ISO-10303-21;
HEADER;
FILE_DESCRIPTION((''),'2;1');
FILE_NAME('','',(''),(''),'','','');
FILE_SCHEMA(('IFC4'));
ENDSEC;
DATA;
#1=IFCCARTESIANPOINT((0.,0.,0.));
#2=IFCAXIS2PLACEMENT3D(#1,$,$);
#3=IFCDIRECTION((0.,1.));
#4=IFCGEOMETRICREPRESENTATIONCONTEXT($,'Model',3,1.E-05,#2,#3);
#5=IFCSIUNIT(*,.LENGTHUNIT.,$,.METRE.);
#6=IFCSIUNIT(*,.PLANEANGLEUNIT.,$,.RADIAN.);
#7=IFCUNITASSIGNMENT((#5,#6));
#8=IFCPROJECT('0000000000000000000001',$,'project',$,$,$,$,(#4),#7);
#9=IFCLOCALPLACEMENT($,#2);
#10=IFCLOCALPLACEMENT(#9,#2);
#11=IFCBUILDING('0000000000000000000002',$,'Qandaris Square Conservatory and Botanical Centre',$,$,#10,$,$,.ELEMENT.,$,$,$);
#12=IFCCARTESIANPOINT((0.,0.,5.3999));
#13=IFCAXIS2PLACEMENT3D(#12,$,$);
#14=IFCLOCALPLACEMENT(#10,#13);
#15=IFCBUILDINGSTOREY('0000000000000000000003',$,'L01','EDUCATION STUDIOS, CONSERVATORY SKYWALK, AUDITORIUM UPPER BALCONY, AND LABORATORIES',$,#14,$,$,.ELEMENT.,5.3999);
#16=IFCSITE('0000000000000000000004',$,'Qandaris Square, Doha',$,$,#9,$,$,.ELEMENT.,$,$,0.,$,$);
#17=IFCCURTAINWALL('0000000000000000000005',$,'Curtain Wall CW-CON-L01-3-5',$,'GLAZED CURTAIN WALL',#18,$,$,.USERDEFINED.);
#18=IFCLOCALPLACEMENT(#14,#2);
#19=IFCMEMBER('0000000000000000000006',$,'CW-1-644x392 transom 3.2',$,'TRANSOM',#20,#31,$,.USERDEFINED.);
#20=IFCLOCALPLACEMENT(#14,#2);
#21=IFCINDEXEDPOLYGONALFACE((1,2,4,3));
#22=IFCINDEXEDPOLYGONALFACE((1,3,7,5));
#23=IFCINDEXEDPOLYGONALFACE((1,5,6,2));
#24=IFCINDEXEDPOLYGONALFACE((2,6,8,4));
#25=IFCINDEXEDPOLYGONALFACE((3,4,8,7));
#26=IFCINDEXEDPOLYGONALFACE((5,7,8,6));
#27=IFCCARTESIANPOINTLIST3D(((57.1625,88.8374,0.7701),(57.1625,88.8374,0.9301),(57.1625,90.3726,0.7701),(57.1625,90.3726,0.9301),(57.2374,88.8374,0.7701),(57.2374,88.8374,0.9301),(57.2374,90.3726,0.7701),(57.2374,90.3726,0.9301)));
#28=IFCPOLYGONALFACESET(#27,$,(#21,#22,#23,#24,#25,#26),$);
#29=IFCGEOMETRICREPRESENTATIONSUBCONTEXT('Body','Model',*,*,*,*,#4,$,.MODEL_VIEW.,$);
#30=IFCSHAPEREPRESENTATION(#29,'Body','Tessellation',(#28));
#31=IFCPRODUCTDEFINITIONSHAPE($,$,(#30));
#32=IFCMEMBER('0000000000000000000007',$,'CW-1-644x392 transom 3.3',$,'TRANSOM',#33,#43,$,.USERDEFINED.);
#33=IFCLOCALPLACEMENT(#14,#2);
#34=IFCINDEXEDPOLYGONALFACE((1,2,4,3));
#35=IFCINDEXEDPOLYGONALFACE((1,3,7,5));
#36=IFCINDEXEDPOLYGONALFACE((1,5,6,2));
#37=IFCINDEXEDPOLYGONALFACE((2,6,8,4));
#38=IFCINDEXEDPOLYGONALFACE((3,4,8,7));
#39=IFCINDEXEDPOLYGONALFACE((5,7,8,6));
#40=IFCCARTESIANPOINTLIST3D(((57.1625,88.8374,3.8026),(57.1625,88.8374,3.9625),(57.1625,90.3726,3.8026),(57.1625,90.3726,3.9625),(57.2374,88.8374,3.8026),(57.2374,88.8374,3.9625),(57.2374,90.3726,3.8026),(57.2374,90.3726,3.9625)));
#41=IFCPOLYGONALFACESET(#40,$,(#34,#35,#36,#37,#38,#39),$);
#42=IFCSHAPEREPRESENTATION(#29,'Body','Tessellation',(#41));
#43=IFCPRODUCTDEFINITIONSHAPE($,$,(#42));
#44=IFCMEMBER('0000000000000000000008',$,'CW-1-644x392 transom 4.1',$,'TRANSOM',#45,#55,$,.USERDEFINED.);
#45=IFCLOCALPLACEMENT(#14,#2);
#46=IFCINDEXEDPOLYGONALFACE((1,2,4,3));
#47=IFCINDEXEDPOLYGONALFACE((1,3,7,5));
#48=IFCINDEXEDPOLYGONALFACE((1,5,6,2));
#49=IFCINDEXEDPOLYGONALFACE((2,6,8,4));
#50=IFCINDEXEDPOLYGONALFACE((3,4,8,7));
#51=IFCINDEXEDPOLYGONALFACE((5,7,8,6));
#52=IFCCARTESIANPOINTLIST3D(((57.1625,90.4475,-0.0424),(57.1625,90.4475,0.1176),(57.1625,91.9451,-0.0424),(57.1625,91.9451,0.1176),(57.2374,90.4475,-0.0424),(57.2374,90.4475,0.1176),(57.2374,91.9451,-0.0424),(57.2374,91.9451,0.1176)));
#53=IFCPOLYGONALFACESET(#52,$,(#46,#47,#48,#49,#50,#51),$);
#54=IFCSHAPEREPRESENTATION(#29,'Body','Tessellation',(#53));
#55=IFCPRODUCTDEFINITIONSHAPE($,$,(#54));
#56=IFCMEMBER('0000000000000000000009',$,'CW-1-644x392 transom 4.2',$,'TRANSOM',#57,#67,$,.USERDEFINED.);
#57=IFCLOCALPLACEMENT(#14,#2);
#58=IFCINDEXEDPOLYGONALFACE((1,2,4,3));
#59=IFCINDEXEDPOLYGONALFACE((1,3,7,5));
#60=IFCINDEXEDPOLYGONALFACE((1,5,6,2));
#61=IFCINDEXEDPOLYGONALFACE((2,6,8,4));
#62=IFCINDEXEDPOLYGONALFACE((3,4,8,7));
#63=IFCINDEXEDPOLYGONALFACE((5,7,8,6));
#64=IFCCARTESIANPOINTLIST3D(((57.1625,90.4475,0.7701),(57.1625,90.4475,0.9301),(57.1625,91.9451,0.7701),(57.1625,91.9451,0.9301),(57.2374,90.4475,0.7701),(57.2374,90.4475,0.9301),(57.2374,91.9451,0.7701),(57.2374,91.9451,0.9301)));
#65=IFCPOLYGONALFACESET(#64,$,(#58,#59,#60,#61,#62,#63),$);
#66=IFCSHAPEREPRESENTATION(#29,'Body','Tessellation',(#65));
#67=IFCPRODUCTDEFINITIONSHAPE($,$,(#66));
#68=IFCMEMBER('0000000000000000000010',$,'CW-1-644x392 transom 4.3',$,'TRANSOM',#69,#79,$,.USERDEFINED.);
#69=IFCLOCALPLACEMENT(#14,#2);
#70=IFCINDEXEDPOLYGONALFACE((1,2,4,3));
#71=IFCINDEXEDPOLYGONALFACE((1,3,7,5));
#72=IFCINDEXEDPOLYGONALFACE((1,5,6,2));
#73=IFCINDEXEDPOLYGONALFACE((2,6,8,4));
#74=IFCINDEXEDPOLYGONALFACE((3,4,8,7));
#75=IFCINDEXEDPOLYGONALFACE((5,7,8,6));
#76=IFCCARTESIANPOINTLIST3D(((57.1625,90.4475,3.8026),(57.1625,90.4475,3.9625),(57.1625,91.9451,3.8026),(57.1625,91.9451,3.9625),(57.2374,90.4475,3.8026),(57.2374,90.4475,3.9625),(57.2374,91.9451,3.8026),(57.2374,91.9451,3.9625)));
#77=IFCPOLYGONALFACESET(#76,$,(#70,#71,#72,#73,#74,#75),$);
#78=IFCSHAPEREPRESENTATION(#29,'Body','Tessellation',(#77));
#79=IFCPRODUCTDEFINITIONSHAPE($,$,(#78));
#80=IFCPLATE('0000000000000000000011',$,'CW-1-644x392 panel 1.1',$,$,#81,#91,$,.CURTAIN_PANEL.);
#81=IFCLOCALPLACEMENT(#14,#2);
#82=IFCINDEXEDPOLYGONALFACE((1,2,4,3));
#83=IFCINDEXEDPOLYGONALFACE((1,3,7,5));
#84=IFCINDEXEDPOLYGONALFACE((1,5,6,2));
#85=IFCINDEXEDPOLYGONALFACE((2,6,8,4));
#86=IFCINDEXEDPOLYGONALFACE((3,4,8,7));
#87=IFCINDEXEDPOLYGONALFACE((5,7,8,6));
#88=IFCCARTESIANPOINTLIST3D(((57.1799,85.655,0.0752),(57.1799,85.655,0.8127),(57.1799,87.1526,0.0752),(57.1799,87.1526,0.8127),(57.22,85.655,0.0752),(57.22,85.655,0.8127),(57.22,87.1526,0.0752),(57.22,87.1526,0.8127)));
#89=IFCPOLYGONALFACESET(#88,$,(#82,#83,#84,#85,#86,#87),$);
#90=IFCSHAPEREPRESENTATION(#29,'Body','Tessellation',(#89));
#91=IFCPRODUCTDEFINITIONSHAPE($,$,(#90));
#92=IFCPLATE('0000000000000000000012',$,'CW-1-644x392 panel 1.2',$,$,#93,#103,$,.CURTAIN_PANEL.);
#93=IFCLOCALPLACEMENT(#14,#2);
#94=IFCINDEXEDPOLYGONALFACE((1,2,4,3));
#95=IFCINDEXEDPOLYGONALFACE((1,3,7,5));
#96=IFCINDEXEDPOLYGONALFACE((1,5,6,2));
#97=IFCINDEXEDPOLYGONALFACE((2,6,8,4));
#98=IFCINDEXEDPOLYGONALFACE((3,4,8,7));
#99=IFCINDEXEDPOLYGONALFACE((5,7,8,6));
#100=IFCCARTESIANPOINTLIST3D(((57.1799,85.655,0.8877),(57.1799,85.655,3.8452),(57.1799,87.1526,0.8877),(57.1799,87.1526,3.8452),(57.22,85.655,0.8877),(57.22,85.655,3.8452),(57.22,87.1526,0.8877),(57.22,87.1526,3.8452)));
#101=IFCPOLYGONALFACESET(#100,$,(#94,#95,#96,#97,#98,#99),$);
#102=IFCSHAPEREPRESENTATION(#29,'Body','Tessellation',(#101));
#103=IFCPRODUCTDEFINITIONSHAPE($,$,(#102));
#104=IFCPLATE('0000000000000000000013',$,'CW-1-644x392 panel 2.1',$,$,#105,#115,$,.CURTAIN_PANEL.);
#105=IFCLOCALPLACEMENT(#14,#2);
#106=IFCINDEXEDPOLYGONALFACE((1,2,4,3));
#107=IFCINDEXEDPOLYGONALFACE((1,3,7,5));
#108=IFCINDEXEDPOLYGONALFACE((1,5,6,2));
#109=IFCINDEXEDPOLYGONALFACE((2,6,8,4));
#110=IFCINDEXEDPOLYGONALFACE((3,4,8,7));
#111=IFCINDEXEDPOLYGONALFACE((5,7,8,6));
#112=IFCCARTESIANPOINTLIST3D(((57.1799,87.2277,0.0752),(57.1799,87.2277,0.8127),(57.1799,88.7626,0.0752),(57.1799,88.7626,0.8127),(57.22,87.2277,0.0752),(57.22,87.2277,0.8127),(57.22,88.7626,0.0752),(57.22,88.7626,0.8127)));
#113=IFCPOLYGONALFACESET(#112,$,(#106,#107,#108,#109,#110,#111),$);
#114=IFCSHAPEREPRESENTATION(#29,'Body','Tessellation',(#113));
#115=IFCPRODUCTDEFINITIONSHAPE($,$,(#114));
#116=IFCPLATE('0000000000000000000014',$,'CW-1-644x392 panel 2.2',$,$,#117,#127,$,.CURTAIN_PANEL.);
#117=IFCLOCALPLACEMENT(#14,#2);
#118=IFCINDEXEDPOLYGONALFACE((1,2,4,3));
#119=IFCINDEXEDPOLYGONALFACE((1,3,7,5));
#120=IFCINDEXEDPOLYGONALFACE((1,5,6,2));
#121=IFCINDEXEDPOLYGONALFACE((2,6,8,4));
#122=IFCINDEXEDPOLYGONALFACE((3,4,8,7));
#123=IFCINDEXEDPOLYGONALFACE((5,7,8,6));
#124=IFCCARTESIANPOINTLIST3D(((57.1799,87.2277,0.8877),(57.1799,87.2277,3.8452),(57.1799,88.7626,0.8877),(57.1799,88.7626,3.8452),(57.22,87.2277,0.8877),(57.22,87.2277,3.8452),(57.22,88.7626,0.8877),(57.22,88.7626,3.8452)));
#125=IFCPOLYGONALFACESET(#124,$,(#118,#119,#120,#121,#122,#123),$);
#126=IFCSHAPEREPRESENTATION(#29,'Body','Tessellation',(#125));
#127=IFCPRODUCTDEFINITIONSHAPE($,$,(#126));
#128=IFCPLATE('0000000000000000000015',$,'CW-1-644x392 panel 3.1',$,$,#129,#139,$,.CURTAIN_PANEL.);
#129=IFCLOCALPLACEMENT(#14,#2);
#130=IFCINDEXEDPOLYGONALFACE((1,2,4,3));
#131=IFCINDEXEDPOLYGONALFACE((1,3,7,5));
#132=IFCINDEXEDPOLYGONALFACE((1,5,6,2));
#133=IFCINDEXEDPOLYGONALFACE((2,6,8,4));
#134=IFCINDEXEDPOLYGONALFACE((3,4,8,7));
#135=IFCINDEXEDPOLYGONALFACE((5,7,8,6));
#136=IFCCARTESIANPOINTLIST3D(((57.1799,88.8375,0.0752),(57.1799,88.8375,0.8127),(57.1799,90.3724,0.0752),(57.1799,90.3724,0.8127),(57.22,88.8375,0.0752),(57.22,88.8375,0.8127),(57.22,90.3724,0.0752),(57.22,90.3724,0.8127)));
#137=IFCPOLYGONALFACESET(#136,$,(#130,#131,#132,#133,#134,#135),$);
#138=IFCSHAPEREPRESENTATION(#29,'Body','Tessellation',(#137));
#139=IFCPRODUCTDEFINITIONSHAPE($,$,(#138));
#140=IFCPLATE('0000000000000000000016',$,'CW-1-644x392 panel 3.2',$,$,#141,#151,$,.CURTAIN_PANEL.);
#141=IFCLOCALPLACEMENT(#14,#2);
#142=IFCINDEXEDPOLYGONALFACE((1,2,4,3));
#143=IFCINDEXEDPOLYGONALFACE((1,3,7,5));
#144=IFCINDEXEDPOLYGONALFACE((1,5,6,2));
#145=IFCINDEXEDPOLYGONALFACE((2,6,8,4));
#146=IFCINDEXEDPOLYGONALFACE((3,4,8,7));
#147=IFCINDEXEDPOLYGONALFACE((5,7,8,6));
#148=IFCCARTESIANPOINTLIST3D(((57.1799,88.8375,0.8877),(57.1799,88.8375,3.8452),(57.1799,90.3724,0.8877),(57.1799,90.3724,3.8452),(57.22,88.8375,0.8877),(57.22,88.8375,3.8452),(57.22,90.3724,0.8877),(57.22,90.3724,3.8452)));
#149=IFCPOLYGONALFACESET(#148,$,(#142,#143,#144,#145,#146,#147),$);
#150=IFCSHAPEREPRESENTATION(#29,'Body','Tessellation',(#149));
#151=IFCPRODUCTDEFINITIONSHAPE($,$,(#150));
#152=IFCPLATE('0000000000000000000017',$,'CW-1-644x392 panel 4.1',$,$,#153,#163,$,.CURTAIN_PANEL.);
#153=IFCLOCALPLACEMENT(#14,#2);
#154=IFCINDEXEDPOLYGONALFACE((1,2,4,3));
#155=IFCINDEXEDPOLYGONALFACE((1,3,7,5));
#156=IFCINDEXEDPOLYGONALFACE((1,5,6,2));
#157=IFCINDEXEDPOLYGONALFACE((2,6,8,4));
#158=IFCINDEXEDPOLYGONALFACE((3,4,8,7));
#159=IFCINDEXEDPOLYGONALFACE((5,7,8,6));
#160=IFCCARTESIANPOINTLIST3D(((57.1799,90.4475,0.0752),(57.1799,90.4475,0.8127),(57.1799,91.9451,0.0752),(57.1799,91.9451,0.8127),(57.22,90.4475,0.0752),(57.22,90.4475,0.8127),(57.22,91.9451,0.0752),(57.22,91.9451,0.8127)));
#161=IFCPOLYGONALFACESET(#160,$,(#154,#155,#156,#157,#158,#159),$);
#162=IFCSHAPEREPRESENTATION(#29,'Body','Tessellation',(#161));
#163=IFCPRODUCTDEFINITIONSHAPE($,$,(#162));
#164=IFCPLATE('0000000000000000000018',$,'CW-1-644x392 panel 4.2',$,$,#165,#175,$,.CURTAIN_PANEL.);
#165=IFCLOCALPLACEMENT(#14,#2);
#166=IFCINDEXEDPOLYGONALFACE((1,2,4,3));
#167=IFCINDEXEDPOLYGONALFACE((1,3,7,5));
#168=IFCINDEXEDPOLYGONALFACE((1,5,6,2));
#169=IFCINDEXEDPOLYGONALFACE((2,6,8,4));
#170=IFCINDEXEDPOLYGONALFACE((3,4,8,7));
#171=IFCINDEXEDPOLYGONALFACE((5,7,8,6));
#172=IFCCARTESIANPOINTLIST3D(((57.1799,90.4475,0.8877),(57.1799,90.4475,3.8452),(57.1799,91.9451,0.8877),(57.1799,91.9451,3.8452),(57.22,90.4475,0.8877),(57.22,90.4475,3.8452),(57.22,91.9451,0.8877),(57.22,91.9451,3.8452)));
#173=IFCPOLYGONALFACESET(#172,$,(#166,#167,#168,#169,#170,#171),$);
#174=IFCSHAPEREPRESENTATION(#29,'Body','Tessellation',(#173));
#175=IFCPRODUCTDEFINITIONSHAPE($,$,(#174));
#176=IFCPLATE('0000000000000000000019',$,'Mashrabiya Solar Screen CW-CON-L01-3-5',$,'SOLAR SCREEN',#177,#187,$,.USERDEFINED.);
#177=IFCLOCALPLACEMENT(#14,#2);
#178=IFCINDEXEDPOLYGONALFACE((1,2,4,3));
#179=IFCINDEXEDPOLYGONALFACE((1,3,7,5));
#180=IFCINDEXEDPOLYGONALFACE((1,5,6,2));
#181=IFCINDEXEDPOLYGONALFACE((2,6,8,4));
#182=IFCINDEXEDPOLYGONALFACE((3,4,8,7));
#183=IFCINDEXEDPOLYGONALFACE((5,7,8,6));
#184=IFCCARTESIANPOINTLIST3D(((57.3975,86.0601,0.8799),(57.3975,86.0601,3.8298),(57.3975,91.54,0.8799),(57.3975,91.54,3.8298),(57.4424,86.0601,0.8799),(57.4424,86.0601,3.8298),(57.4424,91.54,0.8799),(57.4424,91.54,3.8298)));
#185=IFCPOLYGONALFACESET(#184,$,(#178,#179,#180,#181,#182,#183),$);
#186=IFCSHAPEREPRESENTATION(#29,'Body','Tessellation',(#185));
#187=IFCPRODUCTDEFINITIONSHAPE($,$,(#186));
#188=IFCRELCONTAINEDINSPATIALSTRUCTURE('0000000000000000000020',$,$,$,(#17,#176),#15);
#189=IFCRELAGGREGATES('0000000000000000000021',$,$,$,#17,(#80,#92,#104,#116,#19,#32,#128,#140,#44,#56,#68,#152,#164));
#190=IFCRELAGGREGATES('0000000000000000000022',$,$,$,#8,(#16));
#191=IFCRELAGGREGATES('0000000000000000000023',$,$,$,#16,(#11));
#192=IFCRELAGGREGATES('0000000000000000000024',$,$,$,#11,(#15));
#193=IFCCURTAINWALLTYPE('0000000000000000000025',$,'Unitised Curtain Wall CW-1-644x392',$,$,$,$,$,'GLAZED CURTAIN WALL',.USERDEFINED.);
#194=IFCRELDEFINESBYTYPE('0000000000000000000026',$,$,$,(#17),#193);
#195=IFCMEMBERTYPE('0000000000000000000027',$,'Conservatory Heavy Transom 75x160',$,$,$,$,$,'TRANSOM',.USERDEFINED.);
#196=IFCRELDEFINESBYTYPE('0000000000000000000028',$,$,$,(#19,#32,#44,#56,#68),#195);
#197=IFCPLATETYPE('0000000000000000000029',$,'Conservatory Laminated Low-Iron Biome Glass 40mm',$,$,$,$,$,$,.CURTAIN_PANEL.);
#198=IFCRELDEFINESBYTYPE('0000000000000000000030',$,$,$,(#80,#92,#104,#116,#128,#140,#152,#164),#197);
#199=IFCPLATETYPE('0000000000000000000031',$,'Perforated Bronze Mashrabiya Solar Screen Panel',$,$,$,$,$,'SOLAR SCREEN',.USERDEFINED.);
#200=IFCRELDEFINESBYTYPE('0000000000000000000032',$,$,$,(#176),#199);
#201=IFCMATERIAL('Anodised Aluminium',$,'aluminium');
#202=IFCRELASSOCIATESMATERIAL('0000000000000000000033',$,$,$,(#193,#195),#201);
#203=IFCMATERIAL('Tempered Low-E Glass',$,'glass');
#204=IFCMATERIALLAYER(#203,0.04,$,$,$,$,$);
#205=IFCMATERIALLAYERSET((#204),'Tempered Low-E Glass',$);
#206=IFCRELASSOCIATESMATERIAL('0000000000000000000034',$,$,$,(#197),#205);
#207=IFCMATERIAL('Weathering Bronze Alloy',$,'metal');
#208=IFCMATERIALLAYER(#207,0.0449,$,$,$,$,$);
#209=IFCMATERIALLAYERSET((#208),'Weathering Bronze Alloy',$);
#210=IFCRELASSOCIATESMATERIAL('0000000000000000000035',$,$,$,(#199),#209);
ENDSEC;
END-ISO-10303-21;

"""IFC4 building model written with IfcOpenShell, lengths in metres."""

from ifc_helpers import new_model, si_unit, direction, frame, origin, origin_2d, place, context, subcontext, project, spatial, rectangle, extrude, material, layer, layer_set, material_profile, profile_set, type_object, element, aggregate, save


model = new_model("IFC4")

# Units and contexts
model_context = context("Model", 3, precision=1e-05, world=origin(), true_north=direction((0.0, 1.0)))
body_context = subcontext(model_context, "Body", "Model", "MODEL_VIEW")
ifc_project = project(units=[si_unit("LENGTHUNIT", "METRE"), si_unit("PLANEANGLEUNIT", "RADIAN")], contexts=[model_context])

# Site, building, storey
site_placement = place(None, origin())
site = spatial("IfcSite", under=ifc_project, at=site_placement, Name="Qandaris Square, Doha", CompositionType="ELEMENT", RefElevation=0.0)
building_placement = place(site_placement, origin())
building = spatial("IfcBuilding", under=site, at=building_placement, Name="Qandaris Square Conservatory and Botanical Centre", CompositionType="ELEMENT")
storey_placement = place(building_placement, frame((0.0, 0.0, 5.3999)))
storey = spatial("IfcBuildingStorey", under=building, at=storey_placement, Name="L01", Description="EDUCATION STUDIOS, CONSERVATORY SKYWALK, AUDITORIUM UPPER BALCONY, AND LABORATORIES", CompositionType="ELEMENT", Elevation=5.3999)

# Curtain wall, members, plates
ifc_material_1 = material(Name="Anodised Aluminium", Category="aluminium")
curtain_wall_type = type_object("IfcCurtainWallType", Name="Unitised Curtain Wall CW-1-644x392", ElementType="GLAZED CURTAIN WALL", PredefinedType="USERDEFINED", material=ifc_material_1)
curtain_wall_placement = place(storey_placement, origin())
curtain_wall = element("IfcCurtainWall", 1, at=curtain_wall_placement, inside=storey, type_object=curtain_wall_type, Name="Curtain Wall CW-CON-L01-3-5", ObjectType="GLAZED CURTAIN WALL", PredefinedType="USERDEFINED")
ifc_material_profile_1 = material_profile(ifc_material_1, rectangle(XDim=0.075, YDim=0.1599, at=origin_2d()), Name="ALU-TRN 75x160")
ifc_profile_set_1 = profile_set([ifc_material_profile_1], Name="Anodised Aluminium")
member_type_1 = type_object("IfcMemberType", Name="Conservatory Heavy Transom 75x160", ElementType="TRANSOM", PredefinedType="USERDEFINED", material=ifc_profile_set_1)
member_1_placement = place(storey_placement, frame((57.2, 88.8374, 0.8501), z_axis=(0.0, 1.0, 0.0), x_axis=(-1.0, 0.0, 0.0)))
member_1 = element("IfcMember", 2, at=member_1_placement, type_object=member_type_1, Name="CW-1-644x392 transom 3.2", ObjectType="TRANSOM", PredefinedType="USERDEFINED", context=body_context, shape_type="SweptSolid", body=[
    extrude(rectangle(XDim=0.075, YDim=0.1599, at=origin_2d()), origin(), (0.0, 0.0, 1.0), 1.5352),
])
member_2_placement = place(storey_placement, frame((57.2, 88.8374, 3.8826), z_axis=(0.0, 1.0, 0.0), x_axis=(-1.0, 0.0, 0.0)))
member_2 = element("IfcMember", 3, at=member_2_placement, type_object=member_type_1, Name="CW-1-644x392 transom 3.3", ObjectType="TRANSOM", PredefinedType="USERDEFINED", context=body_context, shape_type="SweptSolid", body=[
    extrude(rectangle(XDim=0.075, YDim=0.1599, at=origin_2d()), origin(), (0.0, 0.0, 1.0), 1.5352),
])
member_3_placement = place(storey_placement, frame((57.2, 90.4475, 0.0376), z_axis=(0.0, 1.0, 0.0), x_axis=(-1.0, 0.0, 0.0)))
member_3 = element("IfcMember", 4, at=member_3_placement, type_object=member_type_1, Name="CW-1-644x392 transom 4.1", ObjectType="TRANSOM", PredefinedType="USERDEFINED", context=body_context, shape_type="SweptSolid", body=[
    extrude(rectangle(XDim=0.075, YDim=0.1599, at=origin_2d()), origin(), (0.0, 0.0, 1.0), 1.4976),
])
member_4_placement = place(storey_placement, frame((57.2, 90.4475, 0.8501), z_axis=(0.0, 1.0, 0.0), x_axis=(-1.0, 0.0, 0.0)))
member_4 = element("IfcMember", 5, at=member_4_placement, type_object=member_type_1, Name="CW-1-644x392 transom 4.2", ObjectType="TRANSOM", PredefinedType="USERDEFINED", context=body_context, shape_type="SweptSolid", body=[
    extrude(rectangle(XDim=0.075, YDim=0.1599, at=origin_2d()), origin(), (0.0, 0.0, 1.0), 1.4976),
])
member_5_placement = place(storey_placement, frame((57.2, 90.4475, 3.8826), z_axis=(0.0, 1.0, 0.0), x_axis=(-1.0, 0.0, 0.0)))
member_5 = element("IfcMember", 6, at=member_5_placement, type_object=member_type_1, Name="CW-1-644x392 transom 4.3", ObjectType="TRANSOM", PredefinedType="USERDEFINED", context=body_context, shape_type="SweptSolid", body=[
    extrude(rectangle(XDim=0.075, YDim=0.1599, at=origin_2d()), origin(), (0.0, 0.0, 1.0), 1.4976),
])
ifc_material_2 = material(Name="Tempered Low-E Glass", Category="glass")
ifc_layer_1 = layer(ifc_material_2, 0.04)
ifc_layer_set_1 = layer_set([ifc_layer_1], Name="Tempered Low-E Glass")
plate_type_1 = type_object("IfcPlateType", Name="Conservatory Laminated Low-Iron Biome Glass 40mm", PredefinedType="CURTAIN_PANEL", material=ifc_layer_set_1)
plate_1_placement = place(storey_placement, frame((57.2, 86.4038, 0.0752), z_axis=(0.0, 0.0, 1.0), x_axis=(0.0, 1.0, 0.0)))
plate_1 = element("IfcPlate", 7, at=plate_1_placement, type_object=plate_type_1, Name="CW-1-644x392 panel 1.1", PredefinedType="CURTAIN_PANEL", context=body_context, shape_type="SweptSolid", body=[
    extrude(rectangle(XDim=1.4976, YDim=0.04, at=origin_2d()), origin(), (0.0, 0.0, 1.0), 0.7375),
])
plate_2_placement = place(storey_placement, frame((57.2, 86.4038, 0.8877), z_axis=(0.0, 0.0, 1.0), x_axis=(0.0, 1.0, 0.0)))
plate_2 = element("IfcPlate", 8, at=plate_2_placement, type_object=plate_type_1, Name="CW-1-644x392 panel 1.2", PredefinedType="CURTAIN_PANEL", context=body_context, shape_type="SweptSolid", body=[
    extrude(rectangle(XDim=1.4976, YDim=0.04, at=origin_2d()), origin(), (0.0, 0.0, 1.0), 2.9575),
])
plate_3_placement = place(storey_placement, frame((57.2, 87.9951, 0.0752), z_axis=(0.0, 0.0, 1.0), x_axis=(0.0, 1.0, 0.0)))
plate_3 = element("IfcPlate", 9, at=plate_3_placement, type_object=plate_type_1, Name="CW-1-644x392 panel 2.1", PredefinedType="CURTAIN_PANEL", context=body_context, shape_type="SweptSolid", body=[
    extrude(rectangle(XDim=1.5349, YDim=0.04, at=origin_2d()), origin(), (0.0, 0.0, 1.0), 0.7375),
])
plate_4_placement = place(storey_placement, frame((57.2, 87.9951, 0.8877), z_axis=(0.0, 0.0, 1.0), x_axis=(0.0, 1.0, 0.0)))
plate_4 = element("IfcPlate", 10, at=plate_4_placement, type_object=plate_type_1, Name="CW-1-644x392 panel 2.2", PredefinedType="CURTAIN_PANEL", context=body_context, shape_type="SweptSolid", body=[
    extrude(rectangle(XDim=1.5349, YDim=0.04, at=origin_2d()), origin(), (0.0, 0.0, 1.0), 2.9575),
])
plate_5_placement = place(storey_placement, frame((57.2, 89.605, 0.0752), z_axis=(0.0, 0.0, 1.0), x_axis=(0.0, 1.0, 0.0)))
plate_5 = element("IfcPlate", 11, at=plate_5_placement, type_object=plate_type_1, Name="CW-1-644x392 panel 3.1", PredefinedType="CURTAIN_PANEL", context=body_context, shape_type="SweptSolid", body=[
    extrude(rectangle(XDim=1.5349, YDim=0.04, at=origin_2d()), origin(), (0.0, 0.0, 1.0), 0.7375),
])
plate_6_placement = place(storey_placement, frame((57.2, 89.605, 0.8877), z_axis=(0.0, 0.0, 1.0), x_axis=(0.0, 1.0, 0.0)))
plate_6 = element("IfcPlate", 12, at=plate_6_placement, type_object=plate_type_1, Name="CW-1-644x392 panel 3.2", PredefinedType="CURTAIN_PANEL", context=body_context, shape_type="SweptSolid", body=[
    extrude(rectangle(XDim=1.5349, YDim=0.04, at=origin_2d()), origin(), (0.0, 0.0, 1.0), 2.9575),
])
plate_7_placement = place(storey_placement, frame((57.2, 91.1963, 0.0752), z_axis=(0.0, 0.0, 1.0), x_axis=(0.0, 1.0, 0.0)))
plate_7 = element("IfcPlate", 13, at=plate_7_placement, type_object=plate_type_1, Name="CW-1-644x392 panel 4.1", PredefinedType="CURTAIN_PANEL", context=body_context, shape_type="SweptSolid", body=[
    extrude(rectangle(XDim=1.4976, YDim=0.04, at=origin_2d()), origin(), (0.0, 0.0, 1.0), 0.7375),
])
plate_8_placement = place(storey_placement, frame((57.2, 91.1963, 0.8877), z_axis=(0.0, 0.0, 1.0), x_axis=(0.0, 1.0, 0.0)))
plate_8 = element("IfcPlate", 14, at=plate_8_placement, type_object=plate_type_1, Name="CW-1-644x392 panel 4.2", PredefinedType="CURTAIN_PANEL", context=body_context, shape_type="SweptSolid", body=[
    extrude(rectangle(XDim=1.4976, YDim=0.04, at=origin_2d()), origin(), (0.0, 0.0, 1.0), 2.9575),
])
aggregate(curtain_wall, [plate_1, plate_2, plate_3, plate_4, member_1, member_2, plate_5, plate_6, member_3, member_4, member_5, plate_7, plate_8])

# Plate
ifc_material_3 = material(Name="Weathering Bronze Alloy", Category="metal")
ifc_layer_2 = layer(ifc_material_3, 0.0449)
ifc_layer_set_2 = layer_set([ifc_layer_2], Name="Weathering Bronze Alloy")
plate_type_2 = type_object("IfcPlateType", Name="Perforated Bronze Mashrabiya Solar Screen Panel", ElementType="SOLAR SCREEN", PredefinedType="USERDEFINED", material=ifc_layer_set_2)
plate_9_placement = place(storey_placement, frame((57.4199, 88.8, 0.8799), z_axis=(0.0, 0.0, 1.0), x_axis=(0.0, 1.0, 0.0)))
element("IfcPlate", 15, at=plate_9_placement, inside=storey, type_object=plate_type_2, Name="Mashrabiya Solar Screen CW-CON-L01-3-5", ObjectType="SOLAR SCREEN", PredefinedType="USERDEFINED", context=body_context, shape_type="SweptSolid", body=[
    extrude(rectangle(XDim=5.48, YDim=0.0449, at=origin_2d()), origin(), (0.0, 0.0, 1.0), 2.95),
])

save(model, "model.ifc")
